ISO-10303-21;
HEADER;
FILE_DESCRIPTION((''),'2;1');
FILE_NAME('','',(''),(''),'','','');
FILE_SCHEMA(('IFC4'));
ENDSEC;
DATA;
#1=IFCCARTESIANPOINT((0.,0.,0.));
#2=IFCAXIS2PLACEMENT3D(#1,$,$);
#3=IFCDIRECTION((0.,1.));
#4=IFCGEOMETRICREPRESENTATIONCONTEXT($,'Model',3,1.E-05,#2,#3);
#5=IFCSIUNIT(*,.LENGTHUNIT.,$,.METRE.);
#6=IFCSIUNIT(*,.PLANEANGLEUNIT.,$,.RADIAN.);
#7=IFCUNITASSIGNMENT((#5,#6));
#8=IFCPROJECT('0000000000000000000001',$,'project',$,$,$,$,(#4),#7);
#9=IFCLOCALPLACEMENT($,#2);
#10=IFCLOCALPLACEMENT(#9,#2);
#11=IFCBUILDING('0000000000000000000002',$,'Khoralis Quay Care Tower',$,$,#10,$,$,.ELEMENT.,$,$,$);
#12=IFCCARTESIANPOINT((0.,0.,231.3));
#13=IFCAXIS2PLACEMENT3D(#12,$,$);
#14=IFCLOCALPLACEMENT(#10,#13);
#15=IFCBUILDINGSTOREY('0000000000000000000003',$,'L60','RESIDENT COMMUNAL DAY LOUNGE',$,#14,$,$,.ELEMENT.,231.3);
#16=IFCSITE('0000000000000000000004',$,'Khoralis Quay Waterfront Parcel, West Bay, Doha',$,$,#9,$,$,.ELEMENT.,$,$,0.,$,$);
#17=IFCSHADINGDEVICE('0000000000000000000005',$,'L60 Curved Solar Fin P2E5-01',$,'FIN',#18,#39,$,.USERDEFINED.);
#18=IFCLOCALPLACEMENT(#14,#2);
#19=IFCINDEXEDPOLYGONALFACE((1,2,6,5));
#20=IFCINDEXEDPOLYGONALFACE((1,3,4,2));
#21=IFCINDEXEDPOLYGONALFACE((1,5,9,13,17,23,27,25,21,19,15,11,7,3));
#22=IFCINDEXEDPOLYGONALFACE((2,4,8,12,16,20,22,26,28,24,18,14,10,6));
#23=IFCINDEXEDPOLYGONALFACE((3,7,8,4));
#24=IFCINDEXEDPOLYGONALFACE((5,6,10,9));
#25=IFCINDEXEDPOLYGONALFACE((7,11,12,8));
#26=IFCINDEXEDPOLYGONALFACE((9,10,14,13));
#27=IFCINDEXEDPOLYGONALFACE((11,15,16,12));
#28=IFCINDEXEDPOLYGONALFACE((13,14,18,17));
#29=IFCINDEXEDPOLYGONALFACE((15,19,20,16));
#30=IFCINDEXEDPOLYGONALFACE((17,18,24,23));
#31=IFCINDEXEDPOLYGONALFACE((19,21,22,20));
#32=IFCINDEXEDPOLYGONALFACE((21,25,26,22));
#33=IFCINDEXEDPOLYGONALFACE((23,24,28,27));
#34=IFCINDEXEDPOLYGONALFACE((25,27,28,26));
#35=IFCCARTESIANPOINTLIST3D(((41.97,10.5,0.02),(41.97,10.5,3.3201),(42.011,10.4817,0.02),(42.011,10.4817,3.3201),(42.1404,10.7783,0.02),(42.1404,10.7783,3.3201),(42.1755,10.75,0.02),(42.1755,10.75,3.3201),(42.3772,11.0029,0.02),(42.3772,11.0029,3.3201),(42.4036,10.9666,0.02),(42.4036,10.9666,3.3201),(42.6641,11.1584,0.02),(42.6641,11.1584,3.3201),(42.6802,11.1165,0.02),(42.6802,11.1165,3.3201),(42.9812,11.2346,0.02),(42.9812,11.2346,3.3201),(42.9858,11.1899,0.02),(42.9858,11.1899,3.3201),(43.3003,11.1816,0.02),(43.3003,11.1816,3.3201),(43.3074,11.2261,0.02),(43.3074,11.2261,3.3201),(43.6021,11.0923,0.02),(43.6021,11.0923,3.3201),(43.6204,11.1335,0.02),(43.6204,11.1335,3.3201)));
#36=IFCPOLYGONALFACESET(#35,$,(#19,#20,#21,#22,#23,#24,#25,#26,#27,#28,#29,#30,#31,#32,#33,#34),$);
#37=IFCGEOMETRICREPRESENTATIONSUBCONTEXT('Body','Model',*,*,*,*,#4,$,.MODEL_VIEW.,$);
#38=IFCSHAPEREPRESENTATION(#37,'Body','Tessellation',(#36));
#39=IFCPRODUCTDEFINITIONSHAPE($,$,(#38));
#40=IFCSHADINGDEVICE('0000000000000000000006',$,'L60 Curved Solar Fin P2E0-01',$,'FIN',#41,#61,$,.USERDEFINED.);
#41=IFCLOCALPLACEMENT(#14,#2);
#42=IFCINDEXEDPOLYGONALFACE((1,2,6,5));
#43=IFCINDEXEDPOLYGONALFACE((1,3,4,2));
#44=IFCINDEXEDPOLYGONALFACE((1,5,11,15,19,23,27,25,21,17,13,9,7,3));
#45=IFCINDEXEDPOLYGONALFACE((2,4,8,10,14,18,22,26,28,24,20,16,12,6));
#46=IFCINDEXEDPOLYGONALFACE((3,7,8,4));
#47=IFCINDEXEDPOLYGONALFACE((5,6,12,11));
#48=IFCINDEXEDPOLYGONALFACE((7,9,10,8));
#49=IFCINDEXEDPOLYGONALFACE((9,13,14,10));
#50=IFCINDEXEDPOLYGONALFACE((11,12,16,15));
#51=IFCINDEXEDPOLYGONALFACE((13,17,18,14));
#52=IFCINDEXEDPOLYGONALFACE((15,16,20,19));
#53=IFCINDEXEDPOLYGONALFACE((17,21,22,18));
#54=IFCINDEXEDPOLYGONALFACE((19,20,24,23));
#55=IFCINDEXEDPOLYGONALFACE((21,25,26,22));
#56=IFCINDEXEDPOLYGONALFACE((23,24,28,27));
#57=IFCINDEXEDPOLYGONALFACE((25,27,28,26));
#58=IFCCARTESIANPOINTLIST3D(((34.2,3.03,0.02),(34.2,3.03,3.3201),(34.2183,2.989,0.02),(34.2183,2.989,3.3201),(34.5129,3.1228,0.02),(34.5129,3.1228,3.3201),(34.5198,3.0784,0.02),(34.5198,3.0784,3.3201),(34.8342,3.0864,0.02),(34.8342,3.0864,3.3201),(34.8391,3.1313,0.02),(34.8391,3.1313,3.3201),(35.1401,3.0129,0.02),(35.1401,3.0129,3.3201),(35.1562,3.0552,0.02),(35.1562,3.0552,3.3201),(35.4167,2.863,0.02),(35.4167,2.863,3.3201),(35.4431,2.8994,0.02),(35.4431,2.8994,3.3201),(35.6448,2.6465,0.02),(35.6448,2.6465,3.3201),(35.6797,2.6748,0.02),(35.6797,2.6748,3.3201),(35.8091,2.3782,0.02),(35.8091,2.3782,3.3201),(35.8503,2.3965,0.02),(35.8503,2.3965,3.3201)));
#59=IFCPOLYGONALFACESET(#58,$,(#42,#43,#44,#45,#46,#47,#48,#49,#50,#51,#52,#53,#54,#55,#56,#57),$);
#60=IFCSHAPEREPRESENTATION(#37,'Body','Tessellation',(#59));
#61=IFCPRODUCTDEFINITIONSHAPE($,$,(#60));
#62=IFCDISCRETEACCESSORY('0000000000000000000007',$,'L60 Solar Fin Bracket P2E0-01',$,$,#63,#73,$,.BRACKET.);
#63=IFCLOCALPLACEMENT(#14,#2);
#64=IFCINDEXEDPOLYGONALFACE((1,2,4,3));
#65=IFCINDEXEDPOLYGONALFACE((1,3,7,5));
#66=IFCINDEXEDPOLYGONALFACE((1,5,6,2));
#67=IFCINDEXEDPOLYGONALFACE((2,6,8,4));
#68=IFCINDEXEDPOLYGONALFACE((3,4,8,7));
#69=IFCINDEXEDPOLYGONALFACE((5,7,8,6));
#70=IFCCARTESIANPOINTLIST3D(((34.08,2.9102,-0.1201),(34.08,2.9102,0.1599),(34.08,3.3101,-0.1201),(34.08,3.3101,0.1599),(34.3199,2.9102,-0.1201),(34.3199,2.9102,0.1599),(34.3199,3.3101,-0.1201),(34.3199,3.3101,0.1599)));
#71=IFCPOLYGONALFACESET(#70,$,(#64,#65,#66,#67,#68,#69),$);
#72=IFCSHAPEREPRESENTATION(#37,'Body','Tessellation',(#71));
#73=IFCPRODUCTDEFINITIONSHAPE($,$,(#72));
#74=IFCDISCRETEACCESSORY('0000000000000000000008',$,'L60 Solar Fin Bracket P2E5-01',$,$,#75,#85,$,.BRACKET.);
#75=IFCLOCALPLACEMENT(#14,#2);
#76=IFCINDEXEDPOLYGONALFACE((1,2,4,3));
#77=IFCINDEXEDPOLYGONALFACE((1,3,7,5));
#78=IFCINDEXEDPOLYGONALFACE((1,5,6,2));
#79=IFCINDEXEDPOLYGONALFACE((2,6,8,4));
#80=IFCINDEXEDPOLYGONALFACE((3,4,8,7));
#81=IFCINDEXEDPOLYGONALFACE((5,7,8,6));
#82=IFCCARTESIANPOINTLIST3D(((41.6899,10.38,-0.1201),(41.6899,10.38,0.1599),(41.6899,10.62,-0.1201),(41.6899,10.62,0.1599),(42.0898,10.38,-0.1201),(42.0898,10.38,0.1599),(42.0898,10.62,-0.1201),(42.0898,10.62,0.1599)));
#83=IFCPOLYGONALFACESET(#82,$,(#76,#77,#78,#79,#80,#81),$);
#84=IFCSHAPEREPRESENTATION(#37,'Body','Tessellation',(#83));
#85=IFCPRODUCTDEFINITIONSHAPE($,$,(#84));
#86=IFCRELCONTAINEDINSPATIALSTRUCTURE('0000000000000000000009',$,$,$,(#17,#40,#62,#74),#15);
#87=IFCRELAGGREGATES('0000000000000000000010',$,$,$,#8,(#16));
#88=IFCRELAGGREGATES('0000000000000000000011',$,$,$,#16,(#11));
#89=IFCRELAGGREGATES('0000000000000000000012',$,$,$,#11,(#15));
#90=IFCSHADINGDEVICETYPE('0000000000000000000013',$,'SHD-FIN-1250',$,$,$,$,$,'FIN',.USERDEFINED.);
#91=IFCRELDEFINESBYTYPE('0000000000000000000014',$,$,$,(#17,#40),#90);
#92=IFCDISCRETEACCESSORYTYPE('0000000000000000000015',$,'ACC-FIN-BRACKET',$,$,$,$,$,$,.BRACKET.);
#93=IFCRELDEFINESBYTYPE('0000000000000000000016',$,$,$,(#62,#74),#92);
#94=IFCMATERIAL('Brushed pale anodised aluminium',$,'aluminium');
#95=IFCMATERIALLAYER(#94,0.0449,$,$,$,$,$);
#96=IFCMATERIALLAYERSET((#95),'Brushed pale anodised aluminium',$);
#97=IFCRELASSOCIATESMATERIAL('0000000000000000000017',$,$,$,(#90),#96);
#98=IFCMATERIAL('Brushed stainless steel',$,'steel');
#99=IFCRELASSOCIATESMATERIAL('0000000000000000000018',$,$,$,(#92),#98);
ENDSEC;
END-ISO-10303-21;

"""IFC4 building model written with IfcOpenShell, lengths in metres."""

from ifc_helpers import new_model, si_unit, direction, frame, origin, origin_2d, place, context, subcontext, project, spatial, polyline, rectangle, outline, extrude, source, transform, mapped, material, layer, layer_set, type_object, element, save


model = new_model("IFC4")

# Units and contexts
model_context = context("Model", 3, precision=1e-05, world=origin(), true_north=direction((0.0, 1.0)))
body_context = subcontext(model_context, "Body", "Model", "MODEL_VIEW")
ifc_project = project(units=[si_unit("LENGTHUNIT", "METRE"), si_unit("PLANEANGLEUNIT", "RADIAN")], contexts=[model_context])

# Site, building, storey
site_placement = place(None, origin())
site = spatial("IfcSite", under=ifc_project, at=site_placement, Name="Khoralis Quay Waterfront Parcel, West Bay, Doha", CompositionType="ELEMENT", RefElevation=0.0)
building_placement = place(site_placement, origin())
building = spatial("IfcBuilding", under=site, at=building_placement, Name="Khoralis Quay Care Tower", CompositionType="ELEMENT")
storey_placement = place(building_placement, frame((0.0, 0.0, 231.3)))
storey = spatial("IfcBuildingStorey", under=building, at=storey_placement, Name="L60", Description="RESIDENT COMMUNAL DAY LOUNGE", CompositionType="ELEMENT", Elevation=231.3)

# Shading devices
ifc_material_1 = material(Name="Brushed pale anodised aluminium", Category="aluminium")
ifc_layer_1 = layer(ifc_material_1, 0.0449)
ifc_layer_set_1 = layer_set([ifc_layer_1], Name="Brushed pale anodised aluminium")
shading_device_type = type_object("IfcShadingDeviceType", Name="SHD-FIN-1250", ElementType="FIN", PredefinedType="USERDEFINED", material=ifc_layer_set_1)
shared_shape_1 = source(origin(), body_context, "Body", "SweptSolid", [
    extrude(outline(polyline([(0.0, 0.0), (0.1704, 0.2783), (0.4072, 0.5029), (0.6941, 0.6584), (1.0112, 0.7346), (1.3374, 0.7261), (1.6504, 0.6335), (1.6321, 0.5923), (1.3303, 0.6816), (1.0159, 0.6899), (0.7102, 0.6165), (0.4336, 0.4666), (0.2056, 0.25), (0.041, -0.0183), (0.0, 0.0)])), origin(), (0.0, 0.0, 1.0), 3.3),
])
shading_device_1_placement = place(storey_placement, frame((41.97, 10.5, 0.02), z_axis=(0.0, 0.0, 1.0), x_axis=(1.0, 0.0, 0.0)))
element("IfcShadingDevice", 1, at=shading_device_1_placement, inside=storey, type_object=shading_device_type, Name="L60 Curved Solar Fin P2E5-01", ObjectType="FIN", PredefinedType="USERDEFINED", context=body_context, shape_type="MappedRepresentation", body=[
    mapped(shared_shape_1, transform((0.0, 0.0, 0.0), scale=1.0)),
])
shared_shape_2 = source(origin(), body_context, "Body", "SweptSolid", [
    extrude(outline(polyline([(0.0, 0.0), (-0.0928, 0.313), (-0.1013, 0.6392), (-0.0251, 0.9563), (0.1306, 1.2432), (0.3552, 1.4797), (0.6335, 1.6504), (0.6519, 1.6091), (0.3835, 1.4448), (0.167, 1.2168), (0.0171, 0.9402), (-0.0564, 0.6343), (-0.0483, 0.3198), (0.041, 0.0183), (0.0, 0.0)])), origin(), (0.0, 0.0, 1.0), 3.3),
])
shading_device_2_placement = place(storey_placement, frame((34.2, 3.03, 0.02), z_axis=(0.0, 0.0, 1.0), x_axis=(0.0, -1.0, 0.0)))
element("IfcShadingDevice", 2, at=shading_device_2_placement, inside=storey, type_object=shading_device_type, Name="L60 Curved Solar Fin P2E0-01", ObjectType="FIN", PredefinedType="USERDEFINED", context=body_context, shape_type="MappedRepresentation", body=[
    mapped(shared_shape_2, transform((0.0, 0.0, 0.0), scale=1.0)),
])

# Discrete accessories
ifc_material_2 = material(Name="Brushed stainless steel", Category="steel")
discrete_accessory_type = type_object("IfcDiscreteAccessoryType", Name="ACC-FIN-BRACKET", PredefinedType="BRACKET", material=ifc_material_2)
shared_shape_3 = source(origin(), body_context, "Body", "SweptSolid", [
    extrude(rectangle(XDim=0.3999, YDim=0.24, at=origin_2d()), origin(), (0.0, 0.0, 1.0), 0.28),
])
for number, where, z_axis, x_axis, name in (
    (3, (34.2, 3.1101, -0.1201), (0.0, 0.0, 1.0), (0.0, -1.0, 0.0), "L60 Solar Fin Bracket P2E0-01"),
    (4, (41.8899, 10.5, -0.1201), (0.0, 0.0, 1.0), (1.0, 0.0, 0.0), "L60 Solar Fin Bracket P2E5-01"),
):
    element("IfcDiscreteAccessory", number, at=place(storey_placement, frame(where, z_axis=z_axis, x_axis=x_axis)), inside=storey, type_object=discrete_accessory_type, Name=name, PredefinedType="BRACKET", context=body_context, shape_type="MappedRepresentation", body=[
        mapped(shared_shape_3, transform((0.0, 0.0, 0.0), scale=1.0)),
    ])

save(model, "model.ifc")
